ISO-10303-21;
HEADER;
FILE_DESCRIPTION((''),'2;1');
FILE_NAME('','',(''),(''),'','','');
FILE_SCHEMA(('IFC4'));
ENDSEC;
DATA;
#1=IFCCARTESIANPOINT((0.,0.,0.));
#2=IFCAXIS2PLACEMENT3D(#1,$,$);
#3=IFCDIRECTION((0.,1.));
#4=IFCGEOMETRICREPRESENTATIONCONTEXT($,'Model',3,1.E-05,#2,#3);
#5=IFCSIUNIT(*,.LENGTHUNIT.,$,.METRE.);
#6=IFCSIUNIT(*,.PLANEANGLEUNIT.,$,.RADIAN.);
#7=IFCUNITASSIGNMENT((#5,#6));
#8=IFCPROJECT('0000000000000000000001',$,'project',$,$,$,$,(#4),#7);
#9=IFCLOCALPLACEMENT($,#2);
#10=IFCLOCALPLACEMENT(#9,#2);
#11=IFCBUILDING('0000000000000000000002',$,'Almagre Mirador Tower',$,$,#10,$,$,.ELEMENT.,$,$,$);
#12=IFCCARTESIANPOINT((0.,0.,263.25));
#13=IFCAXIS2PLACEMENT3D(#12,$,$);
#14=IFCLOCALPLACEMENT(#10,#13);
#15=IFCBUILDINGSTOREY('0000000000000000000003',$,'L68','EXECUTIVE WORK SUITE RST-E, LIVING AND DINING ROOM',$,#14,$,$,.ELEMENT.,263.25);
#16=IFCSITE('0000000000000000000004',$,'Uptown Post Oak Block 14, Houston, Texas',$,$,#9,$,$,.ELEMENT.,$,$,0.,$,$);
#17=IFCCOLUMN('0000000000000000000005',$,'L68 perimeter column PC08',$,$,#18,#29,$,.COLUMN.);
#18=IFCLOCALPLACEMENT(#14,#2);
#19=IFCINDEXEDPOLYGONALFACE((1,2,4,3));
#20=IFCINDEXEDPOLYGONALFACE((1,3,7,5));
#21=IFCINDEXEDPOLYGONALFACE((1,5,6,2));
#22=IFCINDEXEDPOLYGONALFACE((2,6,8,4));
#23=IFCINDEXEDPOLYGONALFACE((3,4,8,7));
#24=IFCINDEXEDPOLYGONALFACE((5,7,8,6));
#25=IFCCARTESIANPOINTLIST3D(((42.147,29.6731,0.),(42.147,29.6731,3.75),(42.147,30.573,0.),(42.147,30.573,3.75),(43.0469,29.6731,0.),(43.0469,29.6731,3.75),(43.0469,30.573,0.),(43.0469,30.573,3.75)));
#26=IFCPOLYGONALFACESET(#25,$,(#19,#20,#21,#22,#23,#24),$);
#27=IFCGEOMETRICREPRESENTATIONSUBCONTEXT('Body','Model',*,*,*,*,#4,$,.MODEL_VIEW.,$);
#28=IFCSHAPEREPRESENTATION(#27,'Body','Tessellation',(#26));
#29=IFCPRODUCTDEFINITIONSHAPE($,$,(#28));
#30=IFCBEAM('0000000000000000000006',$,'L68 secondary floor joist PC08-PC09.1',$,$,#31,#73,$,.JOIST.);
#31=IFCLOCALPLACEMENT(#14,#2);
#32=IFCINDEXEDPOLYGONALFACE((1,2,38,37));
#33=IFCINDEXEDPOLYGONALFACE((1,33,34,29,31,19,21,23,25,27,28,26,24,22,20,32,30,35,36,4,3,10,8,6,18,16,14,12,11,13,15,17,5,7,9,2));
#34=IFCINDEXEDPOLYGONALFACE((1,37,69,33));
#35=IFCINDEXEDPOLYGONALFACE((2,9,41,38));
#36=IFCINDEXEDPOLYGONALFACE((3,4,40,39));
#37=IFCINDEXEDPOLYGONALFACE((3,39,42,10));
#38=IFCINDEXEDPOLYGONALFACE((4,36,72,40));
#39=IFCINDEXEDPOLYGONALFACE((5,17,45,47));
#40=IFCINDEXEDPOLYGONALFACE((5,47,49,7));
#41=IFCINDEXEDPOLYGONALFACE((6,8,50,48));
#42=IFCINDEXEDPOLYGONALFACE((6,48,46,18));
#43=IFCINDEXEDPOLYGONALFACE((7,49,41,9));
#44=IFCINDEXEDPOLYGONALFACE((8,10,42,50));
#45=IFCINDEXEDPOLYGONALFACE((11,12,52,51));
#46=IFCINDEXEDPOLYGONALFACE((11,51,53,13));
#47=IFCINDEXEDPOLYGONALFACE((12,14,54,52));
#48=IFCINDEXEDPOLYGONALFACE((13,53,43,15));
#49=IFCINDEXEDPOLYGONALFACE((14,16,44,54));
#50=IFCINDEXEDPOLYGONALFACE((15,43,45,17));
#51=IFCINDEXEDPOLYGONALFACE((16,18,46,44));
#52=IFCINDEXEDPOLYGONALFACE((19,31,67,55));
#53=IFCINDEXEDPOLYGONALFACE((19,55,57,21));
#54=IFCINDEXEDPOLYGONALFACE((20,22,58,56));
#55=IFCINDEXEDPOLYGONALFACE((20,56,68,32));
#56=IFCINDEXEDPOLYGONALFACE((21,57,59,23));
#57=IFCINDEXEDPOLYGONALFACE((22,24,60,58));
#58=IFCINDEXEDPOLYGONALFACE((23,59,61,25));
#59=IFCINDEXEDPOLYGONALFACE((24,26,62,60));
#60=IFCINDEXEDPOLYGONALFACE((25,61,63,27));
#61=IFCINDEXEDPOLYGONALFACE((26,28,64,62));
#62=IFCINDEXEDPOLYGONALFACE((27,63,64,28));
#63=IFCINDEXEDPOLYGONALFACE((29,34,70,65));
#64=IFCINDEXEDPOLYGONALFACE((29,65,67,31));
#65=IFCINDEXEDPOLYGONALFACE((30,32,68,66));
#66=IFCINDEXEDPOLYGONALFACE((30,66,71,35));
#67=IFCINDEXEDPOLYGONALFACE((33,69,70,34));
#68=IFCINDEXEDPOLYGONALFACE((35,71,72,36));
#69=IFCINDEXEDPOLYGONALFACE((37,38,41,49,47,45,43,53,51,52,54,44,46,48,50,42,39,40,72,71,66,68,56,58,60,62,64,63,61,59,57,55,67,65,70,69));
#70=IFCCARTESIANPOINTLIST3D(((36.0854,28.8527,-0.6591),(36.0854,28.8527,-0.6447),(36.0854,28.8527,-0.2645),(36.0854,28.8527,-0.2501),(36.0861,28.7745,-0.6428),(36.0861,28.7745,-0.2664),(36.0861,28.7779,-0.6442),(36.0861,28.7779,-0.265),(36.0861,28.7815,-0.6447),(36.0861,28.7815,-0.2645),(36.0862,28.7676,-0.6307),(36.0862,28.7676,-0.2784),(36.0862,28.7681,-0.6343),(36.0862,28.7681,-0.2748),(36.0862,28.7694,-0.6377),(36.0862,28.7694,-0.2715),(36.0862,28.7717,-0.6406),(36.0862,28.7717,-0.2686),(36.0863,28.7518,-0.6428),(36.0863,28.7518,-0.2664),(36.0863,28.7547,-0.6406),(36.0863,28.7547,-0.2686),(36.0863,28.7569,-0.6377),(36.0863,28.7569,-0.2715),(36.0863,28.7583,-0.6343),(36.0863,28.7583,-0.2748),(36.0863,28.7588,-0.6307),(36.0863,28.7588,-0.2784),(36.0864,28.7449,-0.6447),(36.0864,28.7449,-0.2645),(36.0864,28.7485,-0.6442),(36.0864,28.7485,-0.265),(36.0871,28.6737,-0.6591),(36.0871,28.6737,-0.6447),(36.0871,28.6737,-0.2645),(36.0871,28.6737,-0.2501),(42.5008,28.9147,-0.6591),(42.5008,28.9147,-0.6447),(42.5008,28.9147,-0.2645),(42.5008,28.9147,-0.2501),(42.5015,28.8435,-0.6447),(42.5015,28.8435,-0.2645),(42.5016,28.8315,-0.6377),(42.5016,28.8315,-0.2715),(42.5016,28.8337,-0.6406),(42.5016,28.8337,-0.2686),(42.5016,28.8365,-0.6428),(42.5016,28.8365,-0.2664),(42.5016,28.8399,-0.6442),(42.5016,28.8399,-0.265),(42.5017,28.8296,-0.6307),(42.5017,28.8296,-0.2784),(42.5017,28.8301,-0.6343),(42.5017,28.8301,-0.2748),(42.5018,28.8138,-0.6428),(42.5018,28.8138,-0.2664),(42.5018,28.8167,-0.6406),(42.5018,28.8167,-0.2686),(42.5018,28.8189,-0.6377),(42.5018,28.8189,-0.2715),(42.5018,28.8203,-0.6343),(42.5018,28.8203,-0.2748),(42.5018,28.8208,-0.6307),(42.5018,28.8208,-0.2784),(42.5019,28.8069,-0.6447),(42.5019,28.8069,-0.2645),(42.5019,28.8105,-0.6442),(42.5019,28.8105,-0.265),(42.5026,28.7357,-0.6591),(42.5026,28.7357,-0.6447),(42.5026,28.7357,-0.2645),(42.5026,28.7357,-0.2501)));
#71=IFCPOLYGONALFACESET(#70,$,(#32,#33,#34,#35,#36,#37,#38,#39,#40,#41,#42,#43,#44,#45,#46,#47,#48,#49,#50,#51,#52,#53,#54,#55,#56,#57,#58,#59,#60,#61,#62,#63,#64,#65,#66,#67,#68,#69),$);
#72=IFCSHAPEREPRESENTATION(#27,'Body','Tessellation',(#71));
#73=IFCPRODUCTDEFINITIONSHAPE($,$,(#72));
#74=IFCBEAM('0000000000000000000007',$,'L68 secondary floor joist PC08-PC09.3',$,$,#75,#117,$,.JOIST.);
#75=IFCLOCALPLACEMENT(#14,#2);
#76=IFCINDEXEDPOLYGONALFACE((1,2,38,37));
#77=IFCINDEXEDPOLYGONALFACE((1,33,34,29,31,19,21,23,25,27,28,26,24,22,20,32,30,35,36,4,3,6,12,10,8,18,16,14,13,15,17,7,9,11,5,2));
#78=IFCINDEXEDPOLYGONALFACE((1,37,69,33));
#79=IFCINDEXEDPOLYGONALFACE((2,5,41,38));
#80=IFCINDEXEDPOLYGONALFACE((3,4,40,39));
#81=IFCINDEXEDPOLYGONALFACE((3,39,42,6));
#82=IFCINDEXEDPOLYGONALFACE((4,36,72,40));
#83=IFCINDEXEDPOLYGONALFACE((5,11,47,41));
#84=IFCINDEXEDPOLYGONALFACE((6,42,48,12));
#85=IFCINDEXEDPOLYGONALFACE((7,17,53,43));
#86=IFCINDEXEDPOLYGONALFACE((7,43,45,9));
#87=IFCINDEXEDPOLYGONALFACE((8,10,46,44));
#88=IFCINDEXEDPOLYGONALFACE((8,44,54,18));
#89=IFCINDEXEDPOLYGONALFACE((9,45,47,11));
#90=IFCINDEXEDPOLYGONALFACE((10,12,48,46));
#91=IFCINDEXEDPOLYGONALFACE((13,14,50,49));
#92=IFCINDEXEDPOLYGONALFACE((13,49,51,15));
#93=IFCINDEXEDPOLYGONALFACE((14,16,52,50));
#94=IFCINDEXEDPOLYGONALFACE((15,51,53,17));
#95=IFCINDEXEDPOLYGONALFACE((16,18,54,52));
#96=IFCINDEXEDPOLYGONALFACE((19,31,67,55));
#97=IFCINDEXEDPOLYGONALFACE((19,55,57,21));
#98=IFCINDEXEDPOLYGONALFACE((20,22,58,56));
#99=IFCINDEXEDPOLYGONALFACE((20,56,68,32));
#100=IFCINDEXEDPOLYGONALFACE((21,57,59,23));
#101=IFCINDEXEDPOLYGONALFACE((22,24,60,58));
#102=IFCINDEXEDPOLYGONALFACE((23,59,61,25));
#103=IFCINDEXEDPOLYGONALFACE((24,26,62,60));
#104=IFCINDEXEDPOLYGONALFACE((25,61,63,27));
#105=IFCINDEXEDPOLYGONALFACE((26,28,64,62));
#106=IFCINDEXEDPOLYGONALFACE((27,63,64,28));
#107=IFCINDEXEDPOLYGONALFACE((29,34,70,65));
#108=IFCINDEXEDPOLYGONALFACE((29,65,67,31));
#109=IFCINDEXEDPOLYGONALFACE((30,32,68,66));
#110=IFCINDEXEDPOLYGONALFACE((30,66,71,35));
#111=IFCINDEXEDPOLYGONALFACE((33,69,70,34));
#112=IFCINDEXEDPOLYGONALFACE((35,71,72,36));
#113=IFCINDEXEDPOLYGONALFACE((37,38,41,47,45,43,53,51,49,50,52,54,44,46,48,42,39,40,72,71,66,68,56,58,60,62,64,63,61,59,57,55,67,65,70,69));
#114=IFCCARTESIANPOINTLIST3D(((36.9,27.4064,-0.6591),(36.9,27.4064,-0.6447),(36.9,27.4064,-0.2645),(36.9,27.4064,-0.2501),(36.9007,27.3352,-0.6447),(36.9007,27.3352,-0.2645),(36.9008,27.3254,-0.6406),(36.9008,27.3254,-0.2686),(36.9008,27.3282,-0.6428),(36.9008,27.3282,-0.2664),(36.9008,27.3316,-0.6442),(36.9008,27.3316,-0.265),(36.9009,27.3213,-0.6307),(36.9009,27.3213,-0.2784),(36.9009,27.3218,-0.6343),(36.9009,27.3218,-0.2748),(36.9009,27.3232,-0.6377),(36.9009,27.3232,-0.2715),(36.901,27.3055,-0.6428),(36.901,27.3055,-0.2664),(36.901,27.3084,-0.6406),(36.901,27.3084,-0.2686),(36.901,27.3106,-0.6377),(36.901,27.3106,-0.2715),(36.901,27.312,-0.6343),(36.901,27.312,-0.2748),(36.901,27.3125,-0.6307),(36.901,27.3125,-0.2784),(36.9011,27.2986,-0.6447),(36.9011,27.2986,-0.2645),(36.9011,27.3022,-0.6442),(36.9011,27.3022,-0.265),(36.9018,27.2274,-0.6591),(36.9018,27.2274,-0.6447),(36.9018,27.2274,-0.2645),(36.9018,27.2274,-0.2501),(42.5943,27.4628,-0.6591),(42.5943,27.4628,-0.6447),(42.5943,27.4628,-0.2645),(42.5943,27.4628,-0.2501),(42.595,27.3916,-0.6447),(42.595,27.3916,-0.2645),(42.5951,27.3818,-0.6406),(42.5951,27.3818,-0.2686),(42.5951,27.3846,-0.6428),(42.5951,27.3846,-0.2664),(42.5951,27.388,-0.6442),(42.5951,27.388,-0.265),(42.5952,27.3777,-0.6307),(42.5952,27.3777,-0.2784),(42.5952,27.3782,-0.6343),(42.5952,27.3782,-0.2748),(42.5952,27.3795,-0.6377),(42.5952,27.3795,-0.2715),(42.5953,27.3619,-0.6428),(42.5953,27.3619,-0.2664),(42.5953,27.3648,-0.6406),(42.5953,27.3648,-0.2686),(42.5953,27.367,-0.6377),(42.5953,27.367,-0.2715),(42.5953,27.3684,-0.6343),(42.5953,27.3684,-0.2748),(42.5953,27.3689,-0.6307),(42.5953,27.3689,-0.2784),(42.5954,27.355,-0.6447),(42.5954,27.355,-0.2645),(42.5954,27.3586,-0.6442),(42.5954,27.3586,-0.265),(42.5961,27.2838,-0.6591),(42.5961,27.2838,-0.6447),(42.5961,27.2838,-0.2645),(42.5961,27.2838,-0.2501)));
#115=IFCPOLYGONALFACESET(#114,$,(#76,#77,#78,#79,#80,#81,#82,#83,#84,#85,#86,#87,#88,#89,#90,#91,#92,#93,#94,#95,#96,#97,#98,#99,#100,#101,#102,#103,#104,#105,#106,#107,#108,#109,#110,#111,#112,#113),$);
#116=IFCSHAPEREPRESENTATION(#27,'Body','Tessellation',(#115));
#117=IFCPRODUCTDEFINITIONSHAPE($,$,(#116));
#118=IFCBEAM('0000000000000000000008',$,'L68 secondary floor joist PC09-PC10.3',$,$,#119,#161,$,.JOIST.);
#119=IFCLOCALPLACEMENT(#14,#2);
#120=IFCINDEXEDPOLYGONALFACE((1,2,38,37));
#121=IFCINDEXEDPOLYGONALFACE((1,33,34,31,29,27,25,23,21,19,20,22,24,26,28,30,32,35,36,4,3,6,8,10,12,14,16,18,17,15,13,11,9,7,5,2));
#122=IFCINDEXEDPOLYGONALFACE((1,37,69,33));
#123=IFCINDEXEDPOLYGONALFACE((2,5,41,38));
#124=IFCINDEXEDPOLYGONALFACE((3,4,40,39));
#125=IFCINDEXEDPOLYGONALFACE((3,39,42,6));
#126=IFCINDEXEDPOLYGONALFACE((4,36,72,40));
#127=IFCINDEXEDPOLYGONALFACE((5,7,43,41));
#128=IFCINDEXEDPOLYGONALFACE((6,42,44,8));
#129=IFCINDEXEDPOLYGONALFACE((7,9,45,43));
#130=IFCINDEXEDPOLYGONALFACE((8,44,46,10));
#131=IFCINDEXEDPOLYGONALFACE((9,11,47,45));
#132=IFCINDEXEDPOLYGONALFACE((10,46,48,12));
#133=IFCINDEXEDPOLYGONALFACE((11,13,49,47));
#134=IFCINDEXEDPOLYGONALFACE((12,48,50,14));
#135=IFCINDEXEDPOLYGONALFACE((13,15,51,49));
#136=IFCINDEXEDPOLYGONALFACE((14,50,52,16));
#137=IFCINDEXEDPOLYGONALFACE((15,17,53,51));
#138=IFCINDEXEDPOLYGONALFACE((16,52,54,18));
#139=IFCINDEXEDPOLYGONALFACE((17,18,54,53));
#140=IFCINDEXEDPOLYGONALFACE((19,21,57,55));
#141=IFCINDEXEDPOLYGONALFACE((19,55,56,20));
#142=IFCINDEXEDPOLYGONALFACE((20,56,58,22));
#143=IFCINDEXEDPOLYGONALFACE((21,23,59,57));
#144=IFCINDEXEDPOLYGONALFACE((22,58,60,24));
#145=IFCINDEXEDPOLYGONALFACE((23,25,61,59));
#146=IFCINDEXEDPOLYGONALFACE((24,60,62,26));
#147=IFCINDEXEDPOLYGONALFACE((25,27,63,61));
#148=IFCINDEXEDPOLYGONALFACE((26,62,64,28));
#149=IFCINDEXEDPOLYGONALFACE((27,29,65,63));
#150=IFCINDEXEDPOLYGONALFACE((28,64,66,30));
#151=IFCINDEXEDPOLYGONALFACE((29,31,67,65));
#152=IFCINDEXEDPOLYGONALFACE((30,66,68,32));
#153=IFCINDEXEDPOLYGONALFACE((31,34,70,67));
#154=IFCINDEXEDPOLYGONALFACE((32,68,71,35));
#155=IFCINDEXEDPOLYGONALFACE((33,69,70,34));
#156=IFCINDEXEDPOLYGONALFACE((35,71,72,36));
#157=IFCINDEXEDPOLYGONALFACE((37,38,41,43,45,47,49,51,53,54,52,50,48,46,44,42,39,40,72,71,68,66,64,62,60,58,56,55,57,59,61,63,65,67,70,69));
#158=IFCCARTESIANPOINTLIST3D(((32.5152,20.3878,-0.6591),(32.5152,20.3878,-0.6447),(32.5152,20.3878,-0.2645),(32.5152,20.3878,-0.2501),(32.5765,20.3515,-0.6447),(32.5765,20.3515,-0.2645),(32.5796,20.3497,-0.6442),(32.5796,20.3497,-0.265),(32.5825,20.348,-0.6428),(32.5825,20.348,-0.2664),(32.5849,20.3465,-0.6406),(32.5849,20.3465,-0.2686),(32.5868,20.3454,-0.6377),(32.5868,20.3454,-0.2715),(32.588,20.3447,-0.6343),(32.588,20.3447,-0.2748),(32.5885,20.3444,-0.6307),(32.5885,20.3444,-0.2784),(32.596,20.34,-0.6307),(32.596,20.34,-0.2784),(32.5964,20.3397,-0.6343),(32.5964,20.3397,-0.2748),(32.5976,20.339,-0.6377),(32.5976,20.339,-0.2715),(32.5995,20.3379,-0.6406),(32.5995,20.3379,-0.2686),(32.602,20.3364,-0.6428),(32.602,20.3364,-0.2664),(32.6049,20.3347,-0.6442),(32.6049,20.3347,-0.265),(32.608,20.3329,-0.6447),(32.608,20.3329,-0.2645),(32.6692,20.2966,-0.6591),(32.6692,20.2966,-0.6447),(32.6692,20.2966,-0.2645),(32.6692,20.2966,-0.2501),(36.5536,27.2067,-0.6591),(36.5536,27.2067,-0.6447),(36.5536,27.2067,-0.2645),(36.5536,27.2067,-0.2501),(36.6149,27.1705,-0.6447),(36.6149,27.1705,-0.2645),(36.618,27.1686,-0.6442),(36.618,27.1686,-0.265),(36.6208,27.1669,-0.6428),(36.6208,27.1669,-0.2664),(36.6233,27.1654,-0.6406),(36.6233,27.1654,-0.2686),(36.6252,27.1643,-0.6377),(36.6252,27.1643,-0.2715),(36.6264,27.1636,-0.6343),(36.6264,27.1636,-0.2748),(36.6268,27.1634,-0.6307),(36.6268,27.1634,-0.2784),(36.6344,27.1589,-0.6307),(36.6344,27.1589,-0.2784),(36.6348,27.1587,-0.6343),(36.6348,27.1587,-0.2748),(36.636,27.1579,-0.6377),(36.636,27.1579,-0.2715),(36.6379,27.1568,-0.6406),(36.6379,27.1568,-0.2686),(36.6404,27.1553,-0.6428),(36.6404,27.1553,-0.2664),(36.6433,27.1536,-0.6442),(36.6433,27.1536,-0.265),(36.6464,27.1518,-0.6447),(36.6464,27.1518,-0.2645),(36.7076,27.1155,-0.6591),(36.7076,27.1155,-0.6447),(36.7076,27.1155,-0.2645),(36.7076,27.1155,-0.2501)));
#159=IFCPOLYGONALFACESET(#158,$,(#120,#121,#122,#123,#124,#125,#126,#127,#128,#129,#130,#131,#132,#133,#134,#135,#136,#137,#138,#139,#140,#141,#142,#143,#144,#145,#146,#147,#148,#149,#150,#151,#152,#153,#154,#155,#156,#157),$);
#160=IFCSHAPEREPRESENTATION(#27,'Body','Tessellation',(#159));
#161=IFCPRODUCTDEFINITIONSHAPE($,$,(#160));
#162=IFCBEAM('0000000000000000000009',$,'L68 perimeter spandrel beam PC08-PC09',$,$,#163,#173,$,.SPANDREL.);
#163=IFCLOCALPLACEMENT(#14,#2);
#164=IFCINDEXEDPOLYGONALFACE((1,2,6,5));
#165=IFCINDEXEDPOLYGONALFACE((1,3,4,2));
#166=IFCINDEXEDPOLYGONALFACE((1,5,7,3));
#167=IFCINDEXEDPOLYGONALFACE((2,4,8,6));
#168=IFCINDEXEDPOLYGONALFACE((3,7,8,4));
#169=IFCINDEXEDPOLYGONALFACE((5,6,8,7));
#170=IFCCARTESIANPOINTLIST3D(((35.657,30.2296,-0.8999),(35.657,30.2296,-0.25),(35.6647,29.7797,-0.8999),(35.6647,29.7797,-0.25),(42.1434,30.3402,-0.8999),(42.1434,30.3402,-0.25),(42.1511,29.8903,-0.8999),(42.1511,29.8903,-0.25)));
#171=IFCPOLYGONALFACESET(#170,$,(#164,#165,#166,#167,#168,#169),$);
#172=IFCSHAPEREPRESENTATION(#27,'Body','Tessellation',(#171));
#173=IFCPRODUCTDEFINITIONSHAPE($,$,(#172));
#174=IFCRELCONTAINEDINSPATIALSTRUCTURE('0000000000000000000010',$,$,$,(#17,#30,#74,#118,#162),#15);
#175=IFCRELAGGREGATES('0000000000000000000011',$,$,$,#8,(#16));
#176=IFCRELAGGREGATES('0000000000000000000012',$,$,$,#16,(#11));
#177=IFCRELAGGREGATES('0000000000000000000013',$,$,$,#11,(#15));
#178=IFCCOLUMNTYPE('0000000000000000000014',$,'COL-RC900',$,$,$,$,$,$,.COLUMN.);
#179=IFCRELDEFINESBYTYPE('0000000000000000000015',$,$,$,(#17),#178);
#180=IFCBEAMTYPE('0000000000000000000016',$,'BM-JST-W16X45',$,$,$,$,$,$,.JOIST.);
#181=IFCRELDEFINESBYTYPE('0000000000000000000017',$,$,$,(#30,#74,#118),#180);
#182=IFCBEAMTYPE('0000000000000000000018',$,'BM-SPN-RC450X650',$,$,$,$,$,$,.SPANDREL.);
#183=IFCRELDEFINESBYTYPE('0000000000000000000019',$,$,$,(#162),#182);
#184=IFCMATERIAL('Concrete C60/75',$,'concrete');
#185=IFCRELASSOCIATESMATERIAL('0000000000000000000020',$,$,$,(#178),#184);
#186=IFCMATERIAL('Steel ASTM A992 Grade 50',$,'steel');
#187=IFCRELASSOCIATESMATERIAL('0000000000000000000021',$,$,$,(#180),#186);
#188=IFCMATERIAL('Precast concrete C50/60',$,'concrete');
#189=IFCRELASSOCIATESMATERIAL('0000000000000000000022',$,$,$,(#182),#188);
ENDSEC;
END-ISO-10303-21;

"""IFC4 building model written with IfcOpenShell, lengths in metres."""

from ifc_helpers import new_model, si_unit, direction, frame, origin, origin_2d, place, context, subcontext, project, spatial, rectangle, i_section, extrude, material, material_profile, profile_set, type_object, element, save


model = new_model("IFC4")

# Units and contexts
model_context = context("Model", 3, precision=1e-05, world=origin(), true_north=direction((0.0, 1.0)))
body_context = subcontext(model_context, "Body", "Model", "MODEL_VIEW")
ifc_project = project(units=[si_unit("LENGTHUNIT", "METRE"), si_unit("PLANEANGLEUNIT", "RADIAN")], contexts=[model_context])

# Site, building, storey
site_placement = place(None, origin())
site = spatial("IfcSite", under=ifc_project, at=site_placement, Name="Uptown Post Oak Block 14, Houston, Texas", CompositionType="ELEMENT", RefElevation=0.0)
building_placement = place(site_placement, origin())
building = spatial("IfcBuilding", under=site, at=building_placement, Name="Almagre Mirador Tower", CompositionType="ELEMENT")
storey_placement = place(building_placement, frame((0.0, 0.0, 263.25)))
storey = spatial("IfcBuildingStorey", under=building, at=storey_placement, Name="L68", Description="EXECUTIVE WORK SUITE RST-E, LIVING AND DINING ROOM", CompositionType="ELEMENT", Elevation=263.25)

# Column
ifc_material_1 = material(Name="Concrete C60/75", Category="concrete")
ifc_material_profile_1 = material_profile(ifc_material_1, rectangle(XDim=0.8999, YDim=0.8999, at=origin_2d()), Name="RC900X900")
ifc_profile_set_1 = profile_set([ifc_material_profile_1], Name="Concrete C60/75")
column_type = type_object("IfcColumnType", Name="COL-RC900", PredefinedType="COLUMN", material=ifc_profile_set_1)
column_placement = place(storey_placement, frame((42.5969, 30.123, 0.0), z_axis=(0.0, 0.0, 1.0), x_axis=(1.0, 0.0, 0.0)))
element("IfcColumn", 1, at=column_placement, inside=storey, type_object=column_type, Name="L68 perimeter column PC08", PredefinedType="COLUMN", context=body_context, shape_type="SweptSolid", body=[
    extrude(rectangle(XDim=0.8999, YDim=0.8999, at=origin_2d()), origin(), (0.0, 0.0, 1.0), 3.75),
])

# Beams
ifc_material_2 = material(Name="Steel ASTM A992 Grade 50", Category="steel")
ifc_material_profile_2 = material_profile(ifc_material_2, i_section(OverallWidth=0.179, OverallDepth=0.4089, WebThickness=0.0088, FlangeThickness=0.0144, FilletRadius=0.0139, at=origin_2d()), Name="W16X45")
ifc_profile_set_2 = profile_set([ifc_material_profile_2], Name="Steel ASTM A992 Grade 50")
beam_type_1 = type_object("IfcBeamType", Name="BM-JST-W16X45", PredefinedType="JOIST", material=ifc_profile_set_2)
beam_1_placement = place(storey_placement, frame((42.5017, 28.8252, -0.4546), z_axis=(-0.999953, -0.009665, 0.0), x_axis=(0.009665, -0.999953, 0.0)))
element("IfcBeam", 2, at=beam_1_placement, inside=storey, type_object=beam_type_1, Name="L68 secondary floor joist PC08-PC09.1", PredefinedType="JOIST", context=body_context, shape_type="SweptSolid", body=[
    extrude(i_section(OverallWidth=0.179, OverallDepth=0.4089, WebThickness=0.0088, FlangeThickness=0.0144, FilletRadius=0.0139, at=origin_2d()), origin(), (0.0, 0.0, 1.0), 6.4158),
])
beam_2_placement = place(storey_placement, frame((42.5952, 27.3733, -0.4546), z_axis=(-0.999951, -0.009903, 0.0), x_axis=(0.009903, -0.999951, 0.0)))
element("IfcBeam", 3, at=beam_2_placement, inside=storey, type_object=beam_type_1, Name="L68 secondary floor joist PC08-PC09.3", PredefinedType="JOIST", context=body_context, shape_type="SweptSolid", body=[
    extrude(i_section(OverallWidth=0.179, OverallDepth=0.4089, WebThickness=0.0088, FlangeThickness=0.0144, FilletRadius=0.0139, at=origin_2d()), origin(), (0.0, 0.0, 1.0), 5.6946),
])
beam_3_placement = place(storey_placement, frame((36.6306, 27.1611, -0.4546), z_axis=(-0.509572, -0.860428, 0.0), x_axis=(0.860428, -0.509572, 0.0)))
element("IfcBeam", 4, at=beam_3_placement, inside=storey, type_object=beam_type_1, Name="L68 secondary floor joist PC09-PC10.3", PredefinedType="JOIST", context=body_context, shape_type="SweptSolid", body=[
    extrude(i_section(OverallWidth=0.179, OverallDepth=0.4089, WebThickness=0.0088, FlangeThickness=0.0144, FilletRadius=0.0139, at=origin_2d()), origin(), (0.0, 0.0, 1.0), 7.925),
])
ifc_material_3 = material(Name="Precast concrete C50/60", Category="concrete")
ifc_material_profile_3 = material_profile(ifc_material_3, rectangle(XDim=0.45, YDim=0.6499, at=origin_2d()), Name="RC450X650")
ifc_profile_set_3 = profile_set([ifc_material_profile_3], Name="Precast concrete C50/60")
beam_type_2 = type_object("IfcBeamType", Name="BM-SPN-RC450X650", PredefinedType="SPANDREL", material=ifc_profile_set_3)
beam_4_placement = place(storey_placement, frame((42.1472, 30.1152, -0.575), z_axis=(-0.999855, -0.017048, 0.0), x_axis=(0.017048, -0.999855, 0.0)))
element("IfcBeam", 5, at=beam_4_placement, inside=storey, type_object=beam_type_2, Name="L68 perimeter spandrel beam PC08-PC09", PredefinedType="SPANDREL", context=body_context, shape_type="SweptSolid", body=[
    extrude(rectangle(XDim=0.45, YDim=0.6499, at=origin_2d()), origin(), (0.0, 0.0, 1.0), 6.4873),
])

save(model, "model.ifc")
